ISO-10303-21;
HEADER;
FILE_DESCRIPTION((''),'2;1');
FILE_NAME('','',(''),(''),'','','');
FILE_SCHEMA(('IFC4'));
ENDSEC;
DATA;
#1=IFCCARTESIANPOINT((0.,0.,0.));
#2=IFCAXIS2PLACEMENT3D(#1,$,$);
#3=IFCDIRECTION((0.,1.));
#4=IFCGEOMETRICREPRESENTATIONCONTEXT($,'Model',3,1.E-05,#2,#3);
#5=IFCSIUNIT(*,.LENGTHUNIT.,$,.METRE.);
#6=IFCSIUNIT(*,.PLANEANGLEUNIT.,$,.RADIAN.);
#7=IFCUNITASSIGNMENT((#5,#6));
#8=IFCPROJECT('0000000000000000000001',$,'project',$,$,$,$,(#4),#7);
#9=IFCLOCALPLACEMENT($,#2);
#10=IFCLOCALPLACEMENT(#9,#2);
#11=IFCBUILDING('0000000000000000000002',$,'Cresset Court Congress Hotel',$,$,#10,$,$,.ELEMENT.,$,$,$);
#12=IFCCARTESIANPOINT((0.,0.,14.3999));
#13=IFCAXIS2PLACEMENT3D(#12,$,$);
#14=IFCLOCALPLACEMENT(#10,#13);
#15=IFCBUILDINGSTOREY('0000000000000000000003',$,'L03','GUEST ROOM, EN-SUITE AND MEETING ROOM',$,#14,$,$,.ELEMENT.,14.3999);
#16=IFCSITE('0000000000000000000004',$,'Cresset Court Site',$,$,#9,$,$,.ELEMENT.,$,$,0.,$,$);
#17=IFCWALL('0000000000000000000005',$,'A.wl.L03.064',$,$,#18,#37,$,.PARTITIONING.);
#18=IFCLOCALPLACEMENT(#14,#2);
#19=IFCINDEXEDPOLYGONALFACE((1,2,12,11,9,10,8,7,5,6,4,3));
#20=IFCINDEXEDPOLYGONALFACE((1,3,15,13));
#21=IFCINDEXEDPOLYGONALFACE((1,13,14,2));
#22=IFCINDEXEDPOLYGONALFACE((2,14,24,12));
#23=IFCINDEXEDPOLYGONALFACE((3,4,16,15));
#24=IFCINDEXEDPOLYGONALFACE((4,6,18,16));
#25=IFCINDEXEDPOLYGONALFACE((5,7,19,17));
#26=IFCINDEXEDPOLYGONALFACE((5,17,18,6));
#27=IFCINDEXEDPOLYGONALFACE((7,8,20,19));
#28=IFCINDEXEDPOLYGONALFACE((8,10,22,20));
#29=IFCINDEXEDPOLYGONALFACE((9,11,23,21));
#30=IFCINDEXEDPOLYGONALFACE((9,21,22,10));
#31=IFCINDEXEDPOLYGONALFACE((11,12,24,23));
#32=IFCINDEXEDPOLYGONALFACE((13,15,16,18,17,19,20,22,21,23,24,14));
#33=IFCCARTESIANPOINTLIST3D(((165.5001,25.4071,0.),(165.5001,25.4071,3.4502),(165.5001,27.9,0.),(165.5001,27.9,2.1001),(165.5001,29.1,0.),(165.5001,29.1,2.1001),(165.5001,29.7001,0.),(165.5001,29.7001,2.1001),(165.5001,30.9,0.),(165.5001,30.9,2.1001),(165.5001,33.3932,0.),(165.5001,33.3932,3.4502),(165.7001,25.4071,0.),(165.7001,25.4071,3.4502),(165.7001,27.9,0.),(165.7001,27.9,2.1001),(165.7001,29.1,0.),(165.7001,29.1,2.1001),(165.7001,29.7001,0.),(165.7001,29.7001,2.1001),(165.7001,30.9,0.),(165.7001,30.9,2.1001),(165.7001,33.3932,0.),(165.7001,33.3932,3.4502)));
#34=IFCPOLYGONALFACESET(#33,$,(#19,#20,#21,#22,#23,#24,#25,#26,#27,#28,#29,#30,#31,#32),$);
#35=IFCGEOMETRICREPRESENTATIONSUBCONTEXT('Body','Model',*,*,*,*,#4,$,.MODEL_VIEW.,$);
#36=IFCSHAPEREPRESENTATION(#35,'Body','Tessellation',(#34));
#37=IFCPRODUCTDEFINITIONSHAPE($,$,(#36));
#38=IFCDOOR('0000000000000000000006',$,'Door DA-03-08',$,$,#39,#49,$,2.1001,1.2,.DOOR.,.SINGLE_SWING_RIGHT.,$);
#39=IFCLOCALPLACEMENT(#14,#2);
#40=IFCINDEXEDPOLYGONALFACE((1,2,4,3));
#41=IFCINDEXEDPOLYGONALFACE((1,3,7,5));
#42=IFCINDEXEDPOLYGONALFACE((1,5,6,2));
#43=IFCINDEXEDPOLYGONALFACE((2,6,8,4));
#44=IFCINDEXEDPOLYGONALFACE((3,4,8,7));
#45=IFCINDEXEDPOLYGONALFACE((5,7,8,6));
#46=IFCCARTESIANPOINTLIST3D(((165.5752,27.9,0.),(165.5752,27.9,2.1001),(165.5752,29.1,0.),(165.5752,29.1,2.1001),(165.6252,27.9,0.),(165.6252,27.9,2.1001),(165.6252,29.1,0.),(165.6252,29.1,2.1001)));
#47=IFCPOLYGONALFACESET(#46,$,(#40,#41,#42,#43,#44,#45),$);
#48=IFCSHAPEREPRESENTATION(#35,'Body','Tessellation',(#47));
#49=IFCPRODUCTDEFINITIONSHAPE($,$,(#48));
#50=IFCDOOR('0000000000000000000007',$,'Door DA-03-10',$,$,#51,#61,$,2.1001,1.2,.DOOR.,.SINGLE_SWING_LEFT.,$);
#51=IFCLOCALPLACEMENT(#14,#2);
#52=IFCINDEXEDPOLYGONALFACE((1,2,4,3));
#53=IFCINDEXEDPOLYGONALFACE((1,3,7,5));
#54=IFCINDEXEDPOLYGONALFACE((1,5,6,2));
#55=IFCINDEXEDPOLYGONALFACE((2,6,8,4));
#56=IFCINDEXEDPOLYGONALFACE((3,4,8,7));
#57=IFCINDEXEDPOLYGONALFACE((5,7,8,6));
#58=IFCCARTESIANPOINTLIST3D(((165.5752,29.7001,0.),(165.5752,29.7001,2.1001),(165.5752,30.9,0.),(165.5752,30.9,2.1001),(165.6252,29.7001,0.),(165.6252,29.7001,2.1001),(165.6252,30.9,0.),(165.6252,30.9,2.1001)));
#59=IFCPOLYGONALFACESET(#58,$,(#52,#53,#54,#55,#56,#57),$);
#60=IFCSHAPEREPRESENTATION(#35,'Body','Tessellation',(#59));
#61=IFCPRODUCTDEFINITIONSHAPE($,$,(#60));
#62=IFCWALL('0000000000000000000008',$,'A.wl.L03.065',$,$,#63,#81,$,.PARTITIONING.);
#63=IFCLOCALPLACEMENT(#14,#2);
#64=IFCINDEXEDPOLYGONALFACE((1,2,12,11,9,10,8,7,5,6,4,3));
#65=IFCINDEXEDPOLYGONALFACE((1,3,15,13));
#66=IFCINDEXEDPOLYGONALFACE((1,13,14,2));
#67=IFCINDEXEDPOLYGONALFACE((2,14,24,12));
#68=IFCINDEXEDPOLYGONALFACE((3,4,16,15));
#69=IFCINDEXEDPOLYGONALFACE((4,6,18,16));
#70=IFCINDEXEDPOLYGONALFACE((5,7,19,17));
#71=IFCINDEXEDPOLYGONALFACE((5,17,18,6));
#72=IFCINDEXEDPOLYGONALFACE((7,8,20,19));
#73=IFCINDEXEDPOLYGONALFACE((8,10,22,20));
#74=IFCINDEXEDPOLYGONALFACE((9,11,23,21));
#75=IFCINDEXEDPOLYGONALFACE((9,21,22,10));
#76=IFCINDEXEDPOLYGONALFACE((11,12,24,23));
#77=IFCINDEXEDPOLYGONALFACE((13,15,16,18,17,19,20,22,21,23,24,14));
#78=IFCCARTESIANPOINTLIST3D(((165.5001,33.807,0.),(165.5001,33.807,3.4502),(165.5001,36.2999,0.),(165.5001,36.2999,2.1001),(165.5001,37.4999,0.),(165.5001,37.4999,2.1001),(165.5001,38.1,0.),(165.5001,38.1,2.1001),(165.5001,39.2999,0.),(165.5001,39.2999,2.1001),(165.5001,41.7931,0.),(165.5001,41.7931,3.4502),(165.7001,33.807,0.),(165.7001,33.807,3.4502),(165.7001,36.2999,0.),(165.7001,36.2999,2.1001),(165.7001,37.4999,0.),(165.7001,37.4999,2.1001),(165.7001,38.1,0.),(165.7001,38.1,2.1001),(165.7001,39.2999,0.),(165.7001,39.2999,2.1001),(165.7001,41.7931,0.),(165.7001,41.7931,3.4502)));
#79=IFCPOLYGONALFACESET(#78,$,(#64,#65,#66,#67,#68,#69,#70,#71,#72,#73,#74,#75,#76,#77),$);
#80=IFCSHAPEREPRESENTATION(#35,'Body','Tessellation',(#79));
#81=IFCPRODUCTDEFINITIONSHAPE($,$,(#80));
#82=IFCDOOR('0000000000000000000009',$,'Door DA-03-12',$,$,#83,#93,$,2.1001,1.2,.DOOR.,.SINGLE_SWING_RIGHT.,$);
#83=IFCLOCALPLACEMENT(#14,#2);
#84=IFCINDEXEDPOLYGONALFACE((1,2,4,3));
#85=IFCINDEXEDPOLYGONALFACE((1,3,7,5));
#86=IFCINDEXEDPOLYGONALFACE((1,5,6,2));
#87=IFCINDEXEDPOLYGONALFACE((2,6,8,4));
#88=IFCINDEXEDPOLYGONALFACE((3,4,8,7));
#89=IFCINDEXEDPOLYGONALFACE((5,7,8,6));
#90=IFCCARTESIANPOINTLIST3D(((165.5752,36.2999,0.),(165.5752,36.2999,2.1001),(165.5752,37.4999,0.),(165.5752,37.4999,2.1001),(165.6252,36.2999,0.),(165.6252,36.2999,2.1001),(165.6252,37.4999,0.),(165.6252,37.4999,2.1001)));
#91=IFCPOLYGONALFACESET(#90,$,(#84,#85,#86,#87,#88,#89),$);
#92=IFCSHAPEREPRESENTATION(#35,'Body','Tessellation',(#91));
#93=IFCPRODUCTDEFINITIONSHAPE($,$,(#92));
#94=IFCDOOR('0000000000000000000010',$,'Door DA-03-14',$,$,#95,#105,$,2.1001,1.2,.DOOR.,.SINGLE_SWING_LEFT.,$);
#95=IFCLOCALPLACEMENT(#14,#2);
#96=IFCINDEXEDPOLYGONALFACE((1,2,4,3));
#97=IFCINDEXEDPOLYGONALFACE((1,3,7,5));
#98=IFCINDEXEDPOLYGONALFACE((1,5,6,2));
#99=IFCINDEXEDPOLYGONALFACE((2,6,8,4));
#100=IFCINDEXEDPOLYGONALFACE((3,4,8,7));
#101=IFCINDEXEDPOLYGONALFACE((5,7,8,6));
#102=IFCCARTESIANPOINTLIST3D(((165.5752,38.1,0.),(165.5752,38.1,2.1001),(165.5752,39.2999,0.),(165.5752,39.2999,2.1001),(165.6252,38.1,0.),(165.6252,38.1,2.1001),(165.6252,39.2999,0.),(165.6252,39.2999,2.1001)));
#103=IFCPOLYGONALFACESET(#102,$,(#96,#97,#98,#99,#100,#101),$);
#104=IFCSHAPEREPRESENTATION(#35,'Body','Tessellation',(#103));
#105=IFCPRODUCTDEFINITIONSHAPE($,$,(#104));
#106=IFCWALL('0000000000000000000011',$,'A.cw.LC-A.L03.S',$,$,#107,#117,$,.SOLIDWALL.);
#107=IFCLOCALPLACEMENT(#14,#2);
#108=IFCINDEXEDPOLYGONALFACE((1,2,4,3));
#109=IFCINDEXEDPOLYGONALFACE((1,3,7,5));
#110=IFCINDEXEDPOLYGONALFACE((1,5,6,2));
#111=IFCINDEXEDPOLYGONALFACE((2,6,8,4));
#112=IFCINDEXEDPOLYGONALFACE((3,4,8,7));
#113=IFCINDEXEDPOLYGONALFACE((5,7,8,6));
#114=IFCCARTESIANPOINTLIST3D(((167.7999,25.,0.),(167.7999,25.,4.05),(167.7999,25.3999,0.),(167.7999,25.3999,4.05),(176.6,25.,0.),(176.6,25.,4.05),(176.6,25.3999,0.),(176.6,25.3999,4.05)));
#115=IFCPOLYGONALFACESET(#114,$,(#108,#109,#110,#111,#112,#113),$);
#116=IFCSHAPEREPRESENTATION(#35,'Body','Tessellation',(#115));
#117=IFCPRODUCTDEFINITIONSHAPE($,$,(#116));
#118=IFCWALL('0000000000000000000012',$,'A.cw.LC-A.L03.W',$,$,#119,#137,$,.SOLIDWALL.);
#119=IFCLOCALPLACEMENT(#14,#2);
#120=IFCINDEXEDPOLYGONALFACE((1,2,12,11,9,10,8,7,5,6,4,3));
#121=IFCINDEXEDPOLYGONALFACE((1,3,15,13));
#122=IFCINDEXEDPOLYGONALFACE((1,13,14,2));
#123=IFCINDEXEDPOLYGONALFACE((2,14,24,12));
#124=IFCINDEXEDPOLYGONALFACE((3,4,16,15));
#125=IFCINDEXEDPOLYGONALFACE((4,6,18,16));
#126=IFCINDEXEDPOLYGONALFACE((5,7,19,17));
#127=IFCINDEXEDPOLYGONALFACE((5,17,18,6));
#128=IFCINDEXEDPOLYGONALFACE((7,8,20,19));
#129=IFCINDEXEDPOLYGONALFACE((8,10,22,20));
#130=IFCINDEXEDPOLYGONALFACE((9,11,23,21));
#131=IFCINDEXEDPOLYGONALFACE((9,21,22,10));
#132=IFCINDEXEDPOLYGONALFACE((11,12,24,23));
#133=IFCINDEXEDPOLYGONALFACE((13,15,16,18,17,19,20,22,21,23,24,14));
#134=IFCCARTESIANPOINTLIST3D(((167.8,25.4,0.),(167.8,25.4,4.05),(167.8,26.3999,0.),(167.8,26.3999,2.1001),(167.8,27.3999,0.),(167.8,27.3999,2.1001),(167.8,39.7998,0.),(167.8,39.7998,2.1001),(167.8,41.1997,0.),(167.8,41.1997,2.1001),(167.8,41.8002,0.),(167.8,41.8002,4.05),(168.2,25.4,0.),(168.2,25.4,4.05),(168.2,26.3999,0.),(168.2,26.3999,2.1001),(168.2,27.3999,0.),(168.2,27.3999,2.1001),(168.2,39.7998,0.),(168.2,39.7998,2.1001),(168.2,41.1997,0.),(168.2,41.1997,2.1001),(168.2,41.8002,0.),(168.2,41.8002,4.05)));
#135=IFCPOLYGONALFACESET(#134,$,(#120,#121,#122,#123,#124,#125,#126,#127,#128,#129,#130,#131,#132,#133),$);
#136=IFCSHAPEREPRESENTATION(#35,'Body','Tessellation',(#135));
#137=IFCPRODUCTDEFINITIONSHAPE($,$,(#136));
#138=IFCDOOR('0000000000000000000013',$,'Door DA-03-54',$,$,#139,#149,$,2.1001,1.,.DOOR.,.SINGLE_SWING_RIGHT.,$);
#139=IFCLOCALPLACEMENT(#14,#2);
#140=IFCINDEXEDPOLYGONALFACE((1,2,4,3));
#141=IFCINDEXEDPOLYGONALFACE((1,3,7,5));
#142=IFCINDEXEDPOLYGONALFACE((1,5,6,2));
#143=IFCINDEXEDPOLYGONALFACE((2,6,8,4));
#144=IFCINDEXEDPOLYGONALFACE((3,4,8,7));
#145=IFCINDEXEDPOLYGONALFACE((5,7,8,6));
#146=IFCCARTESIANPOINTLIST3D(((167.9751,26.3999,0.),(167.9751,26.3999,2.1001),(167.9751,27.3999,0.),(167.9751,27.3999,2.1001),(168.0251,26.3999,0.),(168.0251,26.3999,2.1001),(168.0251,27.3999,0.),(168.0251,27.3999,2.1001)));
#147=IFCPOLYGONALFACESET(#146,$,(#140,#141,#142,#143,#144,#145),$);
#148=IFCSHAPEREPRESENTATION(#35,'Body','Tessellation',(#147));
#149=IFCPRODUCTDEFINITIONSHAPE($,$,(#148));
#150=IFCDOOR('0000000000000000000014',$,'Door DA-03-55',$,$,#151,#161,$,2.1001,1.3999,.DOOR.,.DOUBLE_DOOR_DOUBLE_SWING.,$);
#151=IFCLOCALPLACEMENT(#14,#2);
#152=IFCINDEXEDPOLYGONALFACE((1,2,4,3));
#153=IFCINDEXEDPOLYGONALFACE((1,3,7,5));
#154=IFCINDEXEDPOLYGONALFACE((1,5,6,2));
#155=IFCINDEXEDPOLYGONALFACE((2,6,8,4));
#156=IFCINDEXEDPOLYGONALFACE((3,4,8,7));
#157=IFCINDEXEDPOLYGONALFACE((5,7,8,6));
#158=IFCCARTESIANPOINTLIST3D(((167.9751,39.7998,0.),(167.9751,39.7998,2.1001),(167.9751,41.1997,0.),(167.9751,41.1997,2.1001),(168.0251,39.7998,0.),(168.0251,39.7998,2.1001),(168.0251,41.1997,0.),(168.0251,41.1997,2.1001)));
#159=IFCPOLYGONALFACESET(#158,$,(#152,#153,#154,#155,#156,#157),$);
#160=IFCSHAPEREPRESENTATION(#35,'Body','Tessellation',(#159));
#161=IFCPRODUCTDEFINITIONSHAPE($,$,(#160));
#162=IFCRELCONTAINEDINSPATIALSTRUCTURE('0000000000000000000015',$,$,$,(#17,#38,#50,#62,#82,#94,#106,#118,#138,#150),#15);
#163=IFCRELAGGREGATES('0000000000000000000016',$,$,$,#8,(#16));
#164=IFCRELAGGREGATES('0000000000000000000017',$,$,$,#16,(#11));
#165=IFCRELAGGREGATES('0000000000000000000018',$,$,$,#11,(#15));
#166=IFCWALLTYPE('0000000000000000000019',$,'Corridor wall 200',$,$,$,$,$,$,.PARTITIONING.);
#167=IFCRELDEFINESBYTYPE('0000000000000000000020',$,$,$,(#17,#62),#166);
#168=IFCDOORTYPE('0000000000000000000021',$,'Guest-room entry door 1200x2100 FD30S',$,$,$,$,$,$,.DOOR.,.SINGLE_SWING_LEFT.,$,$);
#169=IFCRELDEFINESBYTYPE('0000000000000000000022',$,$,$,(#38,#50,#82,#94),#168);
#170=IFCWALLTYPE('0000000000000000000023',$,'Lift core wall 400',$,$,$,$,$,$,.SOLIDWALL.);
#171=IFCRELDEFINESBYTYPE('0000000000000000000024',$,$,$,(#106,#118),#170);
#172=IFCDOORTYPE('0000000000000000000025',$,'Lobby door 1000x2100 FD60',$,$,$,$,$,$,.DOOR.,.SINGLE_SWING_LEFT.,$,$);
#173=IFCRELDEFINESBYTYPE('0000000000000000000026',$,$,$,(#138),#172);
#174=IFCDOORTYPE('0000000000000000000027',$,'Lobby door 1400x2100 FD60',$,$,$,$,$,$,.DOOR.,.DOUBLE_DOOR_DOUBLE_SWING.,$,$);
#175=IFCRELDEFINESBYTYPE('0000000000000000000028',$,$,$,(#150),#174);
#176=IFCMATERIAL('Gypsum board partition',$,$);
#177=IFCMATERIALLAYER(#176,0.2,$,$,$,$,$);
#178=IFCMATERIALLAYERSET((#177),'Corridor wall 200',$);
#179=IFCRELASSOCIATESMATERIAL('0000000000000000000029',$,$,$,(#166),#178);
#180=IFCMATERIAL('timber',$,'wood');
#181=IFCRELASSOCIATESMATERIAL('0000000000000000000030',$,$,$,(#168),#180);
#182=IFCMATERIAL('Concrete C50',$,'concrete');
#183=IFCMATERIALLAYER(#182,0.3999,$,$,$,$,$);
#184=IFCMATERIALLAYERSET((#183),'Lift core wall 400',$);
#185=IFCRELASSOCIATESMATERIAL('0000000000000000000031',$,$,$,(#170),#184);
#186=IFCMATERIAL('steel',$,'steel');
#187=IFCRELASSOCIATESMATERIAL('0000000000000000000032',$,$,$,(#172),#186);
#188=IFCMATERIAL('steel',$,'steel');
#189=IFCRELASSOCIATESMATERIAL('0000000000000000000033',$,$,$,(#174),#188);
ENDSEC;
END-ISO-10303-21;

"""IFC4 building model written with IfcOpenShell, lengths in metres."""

from ifc_helpers import new_model, si_unit, direction, frame, frame_2d, origin, place, context, subcontext, project, spatial, rectangle, extrude, material, layer, layer_set, type_object, element, fill, save


model = new_model("IFC4")

# Units and contexts
model_context = context("Model", 3, precision=1e-05, world=origin(), true_north=direction((0.0, 1.0)))
body_context = subcontext(model_context, "Body", "Model", "MODEL_VIEW")
ifc_project = project(units=[si_unit("LENGTHUNIT", "METRE"), si_unit("PLANEANGLEUNIT", "RADIAN")], contexts=[model_context])

# Site, building, storey
site_placement = place(None, origin())
site = spatial("IfcSite", under=ifc_project, at=site_placement, Name="Cresset Court Site", CompositionType="ELEMENT", RefElevation=0.0)
building_placement = place(site_placement, origin())
building = spatial("IfcBuilding", under=site, at=building_placement, Name="Cresset Court Congress Hotel", CompositionType="ELEMENT")
storey_placement = place(building_placement, frame((0.0, 0.0, 14.3999)))
storey = spatial("IfcBuildingStorey", under=building, at=storey_placement, Name="L03", Description="GUEST ROOM, EN-SUITE AND MEETING ROOM", CompositionType="ELEMENT", Elevation=14.3999)

# Walls, openings, doors
ifc_material_1 = material(Name="Gypsum board partition")
ifc_layer_1 = layer(ifc_material_1, 0.2)
ifc_layer_set_1 = layer_set([ifc_layer_1], Name="Corridor wall 200")
wall_type_1 = type_object("IfcWallType", Name="Corridor wall 200", PredefinedType="PARTITIONING", material=ifc_layer_set_1)
wall_1_placement = place(storey_placement, frame((165.6001, 25.407, 0.0), z_axis=(0.0, 0.0, 1.0), x_axis=(0.0, 1.0, 0.0)))
wall_1 = element("IfcWall", 1, at=wall_1_placement, inside=storey, type_object=wall_type_1, Name="A.wl.L03.064", PredefinedType="PARTITIONING", context=body_context, shape_type="SweptSolid", body=[
    extrude(rectangle(XDim=7.9861, YDim=0.2, at=frame_2d((3.9932, 0.0))), origin(), (0.0, 0.0, 1.0), 3.4502),
])
opening_1_placement = place(wall_1_placement, frame((2.4929, 0.0, 0.0)))
opening_1 = element("IfcOpeningElement", 2, at=opening_1_placement, cuts=wall_1, PredefinedType="OPENING", context=body_context, shape_type="SweptSolid", body=[
    extrude(rectangle(XDim=1.2, YDim=2.1001, at=frame_2d((0.6001, 1.05))), frame((0.0, 0.1099, 0.0), z_axis=(0.0, -1.0, 0.0), x_axis=(1.0, 0.0, 0.0)), (0.0, 0.0, 1.0), 0.22),
])
opening_2_placement = place(wall_1_placement, frame((4.293, 0.0, 0.0)))
opening_2 = element("IfcOpeningElement", 3, at=opening_2_placement, cuts=wall_1, PredefinedType="OPENING", context=body_context, shape_type="SweptSolid", body=[
    extrude(rectangle(XDim=1.2, YDim=2.1001, at=frame_2d((0.6001, 1.05))), frame((0.0, 0.1099, 0.0), z_axis=(0.0, -1.0, 0.0), x_axis=(1.0, 0.0, 0.0)), (0.0, 0.0, 1.0), 0.22),
])
ifc_material_2 = material(Name="timber", Category="wood")
door_type_1 = type_object("IfcDoorType", Name="Guest-room entry door 1200x2100 FD30S", OperationType="SINGLE_SWING_LEFT", PredefinedType="DOOR", material=ifc_material_2)
door_1_placement = place(opening_1_placement, origin())
door_1 = element("IfcDoor", 4, at=door_1_placement, inside=storey, type_object=door_type_1, Name="Door DA-03-08", OperationType="SINGLE_SWING_RIGHT", OverallHeight=2.1001, OverallWidth=1.2, PredefinedType="DOOR", context=body_context, shape_type="SweptSolid", body=[
    extrude(rectangle(XDim=1.2, YDim=2.1001, at=frame_2d((0.6001, 1.05))), frame((0.0, 0.0249, 0.0), z_axis=(0.0, -1.0, 0.0), x_axis=(1.0, 0.0, 0.0)), (0.0, 0.0, 1.0), 0.05),
])
fill(opening_1, door_1)
door_2_placement = place(opening_2_placement, origin())
door_2 = element("IfcDoor", 5, at=door_2_placement, inside=storey, type_object=door_type_1, Name="Door DA-03-10", OperationType="SINGLE_SWING_LEFT", OverallHeight=2.1001, OverallWidth=1.2, PredefinedType="DOOR", context=body_context, shape_type="SweptSolid", body=[
    extrude(rectangle(XDim=1.2, YDim=2.1001, at=frame_2d((0.6001, 1.05))), frame((0.0, 0.0249, 0.0), z_axis=(0.0, -1.0, 0.0), x_axis=(1.0, 0.0, 0.0)), (0.0, 0.0, 1.0), 0.05),
])
fill(opening_2, door_2)
wall_2_placement = place(storey_placement, frame((165.6001, 33.8069, 0.0), z_axis=(0.0, 0.0, 1.0), x_axis=(0.0, 1.0, 0.0)))
wall_2 = element("IfcWall", 6, at=wall_2_placement, inside=storey, type_object=wall_type_1, Name="A.wl.L03.065", PredefinedType="PARTITIONING", context=body_context, shape_type="SweptSolid", body=[
    extrude(rectangle(XDim=7.9861, YDim=0.2, at=frame_2d((3.9932, 0.0))), origin(), (0.0, 0.0, 1.0), 3.4502),
])
opening_3_placement = place(wall_2_placement, frame((2.4929, 0.0, 0.0)))
opening_3 = element("IfcOpeningElement", 7, at=opening_3_placement, cuts=wall_2, PredefinedType="OPENING", context=body_context, shape_type="SweptSolid", body=[
    extrude(rectangle(XDim=1.2, YDim=2.1001, at=frame_2d((0.6001, 1.05))), frame((0.0, 0.1099, 0.0), z_axis=(0.0, -1.0, 0.0), x_axis=(1.0, 0.0, 0.0)), (0.0, 0.0, 1.0), 0.22),
])
opening_4_placement = place(wall_2_placement, frame((4.293, 0.0, 0.0)))
opening_4 = element("IfcOpeningElement", 8, at=opening_4_placement, cuts=wall_2, PredefinedType="OPENING", context=body_context, shape_type="SweptSolid", body=[
    extrude(rectangle(XDim=1.2, YDim=2.1001, at=frame_2d((0.6001, 1.05))), frame((0.0, 0.1099, 0.0), z_axis=(0.0, -1.0, 0.0), x_axis=(1.0, 0.0, 0.0)), (0.0, 0.0, 1.0), 0.22),
])
door_3_placement = place(opening_3_placement, origin())
door_3 = element("IfcDoor", 9, at=door_3_placement, inside=storey, type_object=door_type_1, Name="Door DA-03-12", OperationType="SINGLE_SWING_RIGHT", OverallHeight=2.1001, OverallWidth=1.2, PredefinedType="DOOR", context=body_context, shape_type="SweptSolid", body=[
    extrude(rectangle(XDim=1.2, YDim=2.1001, at=frame_2d((0.6001, 1.05))), frame((0.0, 0.0249, 0.0), z_axis=(0.0, -1.0, 0.0), x_axis=(1.0, 0.0, 0.0)), (0.0, 0.0, 1.0), 0.05),
])
fill(opening_3, door_3)
door_4_placement = place(opening_4_placement, origin())
door_4 = element("IfcDoor", 10, at=door_4_placement, inside=storey, type_object=door_type_1, Name="Door DA-03-14", OperationType="SINGLE_SWING_LEFT", OverallHeight=2.1001, OverallWidth=1.2, PredefinedType="DOOR", context=body_context, shape_type="SweptSolid", body=[
    extrude(rectangle(XDim=1.2, YDim=2.1001, at=frame_2d((0.6001, 1.05))), frame((0.0, 0.0249, 0.0), z_axis=(0.0, -1.0, 0.0), x_axis=(1.0, 0.0, 0.0)), (0.0, 0.0, 1.0), 0.05),
])
fill(opening_4, door_4)

# Wall
ifc_material_3 = material(Name="Concrete C50", Category="concrete")
ifc_layer_2 = layer(ifc_material_3, 0.3999)
ifc_layer_set_2 = layer_set([ifc_layer_2], Name="Lift core wall 400")
wall_type_2 = type_object("IfcWallType", Name="Lift core wall 400", PredefinedType="SOLIDWALL", material=ifc_layer_set_2)
wall_3_placement = place(storey_placement, frame((167.8, 25.2, 0.0), z_axis=(0.0, 0.0, 1.0), x_axis=(1.0, 0.0, 0.0)))
element("IfcWall", 11, at=wall_3_placement, inside=storey, type_object=wall_type_2, Name="A.cw.LC-A.L03.S", PredefinedType="SOLIDWALL", context=body_context, shape_type="SweptSolid", body=[
    extrude(rectangle(XDim=8.8, YDim=0.3999, at=frame_2d((4.3999, 0.0))), origin(), (0.0, 0.0, 1.0), 4.05),
])

# Wall, openings, doors
wall_4_placement = place(storey_placement, frame((168.0, 25.3999, 0.0), z_axis=(0.0, 0.0, 1.0), x_axis=(0.0, 1.0, 0.0)))
wall_4 = element("IfcWall", 12, at=wall_4_placement, inside=storey, type_object=wall_type_2, Name="A.cw.LC-A.L03.W", PredefinedType="SOLIDWALL", context=body_context, shape_type="SweptSolid", body=[
    extrude(rectangle(XDim=16.4001, YDim=0.3999, at=frame_2d((8.2002, 0.0))), origin(), (0.0, 0.0, 1.0), 4.05),
])
opening_5_placement = place(wall_4_placement, frame((1.0, 0.0, 0.0)))
opening_5 = element("IfcOpeningElement", 13, at=opening_5_placement, cuts=wall_4, PredefinedType="OPENING", context=body_context, shape_type="SweptSolid", body=[
    extrude(rectangle(XDim=1.0, YDim=2.1001, at=frame_2d((0.5, 1.05))), frame((0.0, 0.21, 0.0), z_axis=(0.0, -1.0, 0.0), x_axis=(1.0, 0.0, 0.0)), (0.0, 0.0, 1.0), 0.4199),
])
opening_6_placement = place(wall_4_placement, frame((14.3999, 0.0, 0.0)))
opening_6 = element("IfcOpeningElement", 14, at=opening_6_placement, cuts=wall_4, PredefinedType="OPENING", context=body_context, shape_type="SweptSolid", body=[
    extrude(rectangle(XDim=1.3999, YDim=2.1001, at=frame_2d((0.7, 1.05))), frame((0.0, 0.21, 0.0), z_axis=(0.0, -1.0, 0.0), x_axis=(1.0, 0.0, 0.0)), (0.0, 0.0, 1.0), 0.4199),
])
ifc_material_4 = material(Name="steel", Category="steel")
door_type_2 = type_object("IfcDoorType", Name="Lobby door 1000x2100 FD60", OperationType="SINGLE_SWING_LEFT", PredefinedType="DOOR", material=ifc_material_4)
door_5_placement = place(opening_5_placement, origin())
door_5 = element("IfcDoor", 15, at=door_5_placement, inside=storey, type_object=door_type_2, Name="Door DA-03-54", OperationType="SINGLE_SWING_RIGHT", OverallHeight=2.1001, OverallWidth=1.0, PredefinedType="DOOR", context=body_context, shape_type="SweptSolid", body=[
    extrude(rectangle(XDim=1.0, YDim=2.1001, at=frame_2d((0.5, 1.05))), frame((0.0, 0.0249, 0.0), z_axis=(0.0, -1.0, 0.0), x_axis=(1.0, 0.0, 0.0)), (0.0, 0.0, 1.0), 0.05),
])
fill(opening_5, door_5)
ifc_material_5 = material(Name="steel", Category="steel")
door_type_3 = type_object("IfcDoorType", Name="Lobby door 1400x2100 FD60", OperationType="DOUBLE_DOOR_DOUBLE_SWING", PredefinedType="DOOR", material=ifc_material_5)
door_6_placement = place(opening_6_placement, origin())
door_6 = element("IfcDoor", 16, at=door_6_placement, inside=storey, type_object=door_type_3, Name="Door DA-03-55", OperationType="DOUBLE_DOOR_DOUBLE_SWING", OverallHeight=2.1001, OverallWidth=1.3999, PredefinedType="DOOR", context=body_context, shape_type="SweptSolid", body=[
    extrude(rectangle(XDim=1.3999, YDim=2.1001, at=frame_2d((0.7, 1.05))), frame((0.0, 0.0249, 0.0), z_axis=(0.0, -1.0, 0.0), x_axis=(1.0, 0.0, 0.0)), (0.0, 0.0, 1.0), 0.05),
])
fill(opening_6, door_6)

save(model, "model.ifc")
